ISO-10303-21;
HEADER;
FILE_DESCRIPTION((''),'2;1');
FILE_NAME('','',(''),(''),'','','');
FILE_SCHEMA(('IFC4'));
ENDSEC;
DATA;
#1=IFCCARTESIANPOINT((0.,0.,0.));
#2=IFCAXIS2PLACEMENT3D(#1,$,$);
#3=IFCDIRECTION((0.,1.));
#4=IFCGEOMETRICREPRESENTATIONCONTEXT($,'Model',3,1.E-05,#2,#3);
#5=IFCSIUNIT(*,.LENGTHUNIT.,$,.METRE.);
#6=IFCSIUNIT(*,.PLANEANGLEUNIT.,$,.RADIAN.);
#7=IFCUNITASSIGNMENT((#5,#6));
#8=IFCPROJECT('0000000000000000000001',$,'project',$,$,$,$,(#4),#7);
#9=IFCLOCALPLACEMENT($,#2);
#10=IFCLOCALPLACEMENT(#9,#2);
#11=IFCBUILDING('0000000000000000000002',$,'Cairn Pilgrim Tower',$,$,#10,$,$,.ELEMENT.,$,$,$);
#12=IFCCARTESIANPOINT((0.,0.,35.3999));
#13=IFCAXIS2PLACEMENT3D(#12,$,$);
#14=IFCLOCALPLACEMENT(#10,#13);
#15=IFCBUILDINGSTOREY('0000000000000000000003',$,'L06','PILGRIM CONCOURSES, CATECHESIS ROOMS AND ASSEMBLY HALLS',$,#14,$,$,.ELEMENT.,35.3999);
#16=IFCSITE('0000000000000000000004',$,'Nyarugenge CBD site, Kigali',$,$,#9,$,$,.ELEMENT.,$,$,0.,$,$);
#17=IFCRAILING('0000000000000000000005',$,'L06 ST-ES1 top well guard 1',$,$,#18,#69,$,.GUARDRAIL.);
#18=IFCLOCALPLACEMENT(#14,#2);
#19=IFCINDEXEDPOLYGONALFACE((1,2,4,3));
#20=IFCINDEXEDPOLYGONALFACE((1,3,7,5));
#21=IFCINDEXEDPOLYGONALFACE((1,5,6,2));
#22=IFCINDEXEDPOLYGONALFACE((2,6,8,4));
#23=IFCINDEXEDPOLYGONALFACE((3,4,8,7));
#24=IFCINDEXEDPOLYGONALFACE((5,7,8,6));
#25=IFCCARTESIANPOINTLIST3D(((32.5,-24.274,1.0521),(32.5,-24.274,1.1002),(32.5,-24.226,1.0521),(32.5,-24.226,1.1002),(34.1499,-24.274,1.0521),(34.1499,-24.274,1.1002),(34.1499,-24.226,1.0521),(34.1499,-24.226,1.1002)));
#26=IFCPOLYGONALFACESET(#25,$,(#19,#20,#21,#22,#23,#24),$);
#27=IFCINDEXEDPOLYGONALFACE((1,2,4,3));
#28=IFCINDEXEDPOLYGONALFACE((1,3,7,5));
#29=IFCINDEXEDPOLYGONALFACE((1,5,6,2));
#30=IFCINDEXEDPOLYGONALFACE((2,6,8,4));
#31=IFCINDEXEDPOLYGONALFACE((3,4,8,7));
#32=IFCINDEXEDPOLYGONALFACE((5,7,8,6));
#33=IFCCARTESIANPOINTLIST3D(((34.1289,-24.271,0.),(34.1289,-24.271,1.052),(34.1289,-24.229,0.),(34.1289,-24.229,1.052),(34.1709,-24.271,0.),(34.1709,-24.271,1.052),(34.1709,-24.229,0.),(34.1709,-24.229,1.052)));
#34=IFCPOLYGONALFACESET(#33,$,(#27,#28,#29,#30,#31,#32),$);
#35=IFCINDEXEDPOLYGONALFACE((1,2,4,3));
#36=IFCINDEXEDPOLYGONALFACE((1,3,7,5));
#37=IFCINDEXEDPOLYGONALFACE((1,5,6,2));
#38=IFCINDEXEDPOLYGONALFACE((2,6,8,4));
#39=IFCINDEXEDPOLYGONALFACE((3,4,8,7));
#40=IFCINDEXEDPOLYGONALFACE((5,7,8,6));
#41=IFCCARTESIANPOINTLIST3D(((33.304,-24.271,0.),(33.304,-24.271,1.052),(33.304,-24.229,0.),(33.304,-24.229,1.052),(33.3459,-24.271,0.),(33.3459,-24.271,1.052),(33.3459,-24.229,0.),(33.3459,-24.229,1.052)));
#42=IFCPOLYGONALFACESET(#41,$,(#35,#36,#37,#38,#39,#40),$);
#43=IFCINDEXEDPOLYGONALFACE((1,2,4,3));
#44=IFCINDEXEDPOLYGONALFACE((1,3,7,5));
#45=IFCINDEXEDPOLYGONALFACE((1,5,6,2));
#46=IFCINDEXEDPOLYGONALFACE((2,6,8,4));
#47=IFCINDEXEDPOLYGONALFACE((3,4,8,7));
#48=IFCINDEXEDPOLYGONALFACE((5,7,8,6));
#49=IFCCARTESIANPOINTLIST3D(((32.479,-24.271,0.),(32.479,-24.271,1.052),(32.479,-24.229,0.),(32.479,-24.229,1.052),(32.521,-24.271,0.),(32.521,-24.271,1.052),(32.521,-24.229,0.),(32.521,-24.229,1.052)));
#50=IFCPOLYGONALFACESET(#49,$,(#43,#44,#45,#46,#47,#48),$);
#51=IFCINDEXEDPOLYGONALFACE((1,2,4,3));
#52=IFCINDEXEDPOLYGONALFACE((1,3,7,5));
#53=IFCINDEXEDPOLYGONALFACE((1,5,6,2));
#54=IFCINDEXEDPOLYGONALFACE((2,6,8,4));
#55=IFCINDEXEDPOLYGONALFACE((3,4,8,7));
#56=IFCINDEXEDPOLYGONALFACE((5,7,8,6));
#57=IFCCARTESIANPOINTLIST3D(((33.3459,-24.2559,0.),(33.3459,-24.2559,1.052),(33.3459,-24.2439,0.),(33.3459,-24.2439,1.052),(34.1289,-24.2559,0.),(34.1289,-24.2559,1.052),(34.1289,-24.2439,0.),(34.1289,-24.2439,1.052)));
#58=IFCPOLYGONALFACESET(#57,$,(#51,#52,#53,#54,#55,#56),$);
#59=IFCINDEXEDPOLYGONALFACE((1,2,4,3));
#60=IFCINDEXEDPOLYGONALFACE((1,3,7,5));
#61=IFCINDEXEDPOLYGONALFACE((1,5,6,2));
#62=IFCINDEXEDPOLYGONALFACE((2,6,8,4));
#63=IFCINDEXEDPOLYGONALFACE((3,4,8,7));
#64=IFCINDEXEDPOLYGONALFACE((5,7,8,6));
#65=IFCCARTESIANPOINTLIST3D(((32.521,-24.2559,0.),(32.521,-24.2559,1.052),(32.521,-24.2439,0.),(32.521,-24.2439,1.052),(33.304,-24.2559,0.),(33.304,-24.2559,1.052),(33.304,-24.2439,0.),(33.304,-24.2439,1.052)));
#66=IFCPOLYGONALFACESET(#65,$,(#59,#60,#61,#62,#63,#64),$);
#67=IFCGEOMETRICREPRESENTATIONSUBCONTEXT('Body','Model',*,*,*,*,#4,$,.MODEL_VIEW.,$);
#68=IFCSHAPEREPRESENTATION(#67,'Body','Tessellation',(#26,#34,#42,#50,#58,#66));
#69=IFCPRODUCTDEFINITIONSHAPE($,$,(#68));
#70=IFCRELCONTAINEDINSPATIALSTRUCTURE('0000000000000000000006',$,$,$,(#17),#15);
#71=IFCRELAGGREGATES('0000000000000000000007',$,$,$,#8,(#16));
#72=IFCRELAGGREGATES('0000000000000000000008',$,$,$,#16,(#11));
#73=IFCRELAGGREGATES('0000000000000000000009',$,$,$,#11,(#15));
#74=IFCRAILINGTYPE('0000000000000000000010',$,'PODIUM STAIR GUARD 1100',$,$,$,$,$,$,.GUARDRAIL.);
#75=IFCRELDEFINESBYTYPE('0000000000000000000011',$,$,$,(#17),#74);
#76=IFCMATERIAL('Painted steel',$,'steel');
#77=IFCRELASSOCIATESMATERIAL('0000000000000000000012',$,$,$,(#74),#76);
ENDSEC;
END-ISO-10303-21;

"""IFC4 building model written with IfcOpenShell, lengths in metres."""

from ifc_helpers import new_model, si_unit, direction, frame, origin, origin_2d, place, context, subcontext, project, spatial, polyline, rectangle, outline, extrude, material, type_object, element, save


model = new_model("IFC4")

# Units and contexts
model_context = context("Model", 3, precision=1e-05, world=origin(), true_north=direction((0.0, 1.0)))
body_context = subcontext(model_context, "Body", "Model", "MODEL_VIEW")
ifc_project = project(units=[si_unit("LENGTHUNIT", "METRE"), si_unit("PLANEANGLEUNIT", "RADIAN")], contexts=[model_context])

# Site, building, storey
site_placement = place(None, origin())
site = spatial("IfcSite", under=ifc_project, at=site_placement, Name="Nyarugenge CBD site, Kigali", CompositionType="ELEMENT", RefElevation=0.0)
building_placement = place(site_placement, origin())
building = spatial("IfcBuilding", under=site, at=building_placement, Name="Cairn Pilgrim Tower", CompositionType="ELEMENT")
storey_placement = place(building_placement, frame((0.0, 0.0, 35.3999)))
storey = spatial("IfcBuildingStorey", under=building, at=storey_placement, Name="L06", Description="PILGRIM CONCOURSES, CATECHESIS ROOMS AND ASSEMBLY HALLS", CompositionType="ELEMENT", Elevation=35.3999)

# Railing
ifc_material_1 = material(Name="Painted steel", Category="steel")
railing_type = type_object("IfcRailingType", Name="PODIUM STAIR GUARD 1100", PredefinedType="GUARDRAIL", material=ifc_material_1)
railing_placement = place(storey_placement, frame((34.1499, -24.25, 0.0)))
element("IfcRailing", 1, at=railing_placement, inside=storey, type_object=railing_type, Name="L06 ST-ES1 top well guard 1", PredefinedType="GUARDRAIL", context=body_context, shape_type="SweptSolid", body=[
    extrude(rectangle(XDim=0.0481, YDim=0.0481, at=origin_2d()), frame((0.0, 0.0, 1.0762), z_axis=(-1.0, 0.0, 0.0), x_axis=(0.0, -1.0, 0.0)), (0.0, 0.0, 1.0), 1.6499),
    extrude(rectangle(XDim=0.042, YDim=0.042, at=origin_2d()), origin(), (0.0, 0.0, 1.0), 1.052),
    extrude(rectangle(XDim=0.042, YDim=0.042, at=origin_2d()), frame((-0.825, 0.0, 0.0)), (0.0, 0.0, 1.0), 1.052),
    extrude(rectangle(XDim=0.042, YDim=0.042, at=origin_2d()), frame((-1.6499, 0.0, 0.0)), (0.0, 0.0, 1.0), 1.052),
    extrude(outline(polyline([(0.021, 0.0), (0.804, 0.0), (0.804, 1.052), (0.021, 1.052), (0.021, 0.0)])), frame((0.0, -0.0059, 0.0), z_axis=(0.0, 1.0, 0.0), x_axis=(-1.0, 0.0, 0.0)), (0.0, 0.0, 1.0), 0.012),
    extrude(outline(polyline([(0.021, 0.0), (0.804, 0.0), (0.804, 1.052), (0.021, 1.052), (0.021, 0.0)])), frame((-0.825, -0.0059, 0.0), z_axis=(0.0, 1.0, 0.0), x_axis=(-1.0, 0.0, 0.0)), (0.0, 0.0, 1.0), 0.012),
])

save(model, "model.ifc")
